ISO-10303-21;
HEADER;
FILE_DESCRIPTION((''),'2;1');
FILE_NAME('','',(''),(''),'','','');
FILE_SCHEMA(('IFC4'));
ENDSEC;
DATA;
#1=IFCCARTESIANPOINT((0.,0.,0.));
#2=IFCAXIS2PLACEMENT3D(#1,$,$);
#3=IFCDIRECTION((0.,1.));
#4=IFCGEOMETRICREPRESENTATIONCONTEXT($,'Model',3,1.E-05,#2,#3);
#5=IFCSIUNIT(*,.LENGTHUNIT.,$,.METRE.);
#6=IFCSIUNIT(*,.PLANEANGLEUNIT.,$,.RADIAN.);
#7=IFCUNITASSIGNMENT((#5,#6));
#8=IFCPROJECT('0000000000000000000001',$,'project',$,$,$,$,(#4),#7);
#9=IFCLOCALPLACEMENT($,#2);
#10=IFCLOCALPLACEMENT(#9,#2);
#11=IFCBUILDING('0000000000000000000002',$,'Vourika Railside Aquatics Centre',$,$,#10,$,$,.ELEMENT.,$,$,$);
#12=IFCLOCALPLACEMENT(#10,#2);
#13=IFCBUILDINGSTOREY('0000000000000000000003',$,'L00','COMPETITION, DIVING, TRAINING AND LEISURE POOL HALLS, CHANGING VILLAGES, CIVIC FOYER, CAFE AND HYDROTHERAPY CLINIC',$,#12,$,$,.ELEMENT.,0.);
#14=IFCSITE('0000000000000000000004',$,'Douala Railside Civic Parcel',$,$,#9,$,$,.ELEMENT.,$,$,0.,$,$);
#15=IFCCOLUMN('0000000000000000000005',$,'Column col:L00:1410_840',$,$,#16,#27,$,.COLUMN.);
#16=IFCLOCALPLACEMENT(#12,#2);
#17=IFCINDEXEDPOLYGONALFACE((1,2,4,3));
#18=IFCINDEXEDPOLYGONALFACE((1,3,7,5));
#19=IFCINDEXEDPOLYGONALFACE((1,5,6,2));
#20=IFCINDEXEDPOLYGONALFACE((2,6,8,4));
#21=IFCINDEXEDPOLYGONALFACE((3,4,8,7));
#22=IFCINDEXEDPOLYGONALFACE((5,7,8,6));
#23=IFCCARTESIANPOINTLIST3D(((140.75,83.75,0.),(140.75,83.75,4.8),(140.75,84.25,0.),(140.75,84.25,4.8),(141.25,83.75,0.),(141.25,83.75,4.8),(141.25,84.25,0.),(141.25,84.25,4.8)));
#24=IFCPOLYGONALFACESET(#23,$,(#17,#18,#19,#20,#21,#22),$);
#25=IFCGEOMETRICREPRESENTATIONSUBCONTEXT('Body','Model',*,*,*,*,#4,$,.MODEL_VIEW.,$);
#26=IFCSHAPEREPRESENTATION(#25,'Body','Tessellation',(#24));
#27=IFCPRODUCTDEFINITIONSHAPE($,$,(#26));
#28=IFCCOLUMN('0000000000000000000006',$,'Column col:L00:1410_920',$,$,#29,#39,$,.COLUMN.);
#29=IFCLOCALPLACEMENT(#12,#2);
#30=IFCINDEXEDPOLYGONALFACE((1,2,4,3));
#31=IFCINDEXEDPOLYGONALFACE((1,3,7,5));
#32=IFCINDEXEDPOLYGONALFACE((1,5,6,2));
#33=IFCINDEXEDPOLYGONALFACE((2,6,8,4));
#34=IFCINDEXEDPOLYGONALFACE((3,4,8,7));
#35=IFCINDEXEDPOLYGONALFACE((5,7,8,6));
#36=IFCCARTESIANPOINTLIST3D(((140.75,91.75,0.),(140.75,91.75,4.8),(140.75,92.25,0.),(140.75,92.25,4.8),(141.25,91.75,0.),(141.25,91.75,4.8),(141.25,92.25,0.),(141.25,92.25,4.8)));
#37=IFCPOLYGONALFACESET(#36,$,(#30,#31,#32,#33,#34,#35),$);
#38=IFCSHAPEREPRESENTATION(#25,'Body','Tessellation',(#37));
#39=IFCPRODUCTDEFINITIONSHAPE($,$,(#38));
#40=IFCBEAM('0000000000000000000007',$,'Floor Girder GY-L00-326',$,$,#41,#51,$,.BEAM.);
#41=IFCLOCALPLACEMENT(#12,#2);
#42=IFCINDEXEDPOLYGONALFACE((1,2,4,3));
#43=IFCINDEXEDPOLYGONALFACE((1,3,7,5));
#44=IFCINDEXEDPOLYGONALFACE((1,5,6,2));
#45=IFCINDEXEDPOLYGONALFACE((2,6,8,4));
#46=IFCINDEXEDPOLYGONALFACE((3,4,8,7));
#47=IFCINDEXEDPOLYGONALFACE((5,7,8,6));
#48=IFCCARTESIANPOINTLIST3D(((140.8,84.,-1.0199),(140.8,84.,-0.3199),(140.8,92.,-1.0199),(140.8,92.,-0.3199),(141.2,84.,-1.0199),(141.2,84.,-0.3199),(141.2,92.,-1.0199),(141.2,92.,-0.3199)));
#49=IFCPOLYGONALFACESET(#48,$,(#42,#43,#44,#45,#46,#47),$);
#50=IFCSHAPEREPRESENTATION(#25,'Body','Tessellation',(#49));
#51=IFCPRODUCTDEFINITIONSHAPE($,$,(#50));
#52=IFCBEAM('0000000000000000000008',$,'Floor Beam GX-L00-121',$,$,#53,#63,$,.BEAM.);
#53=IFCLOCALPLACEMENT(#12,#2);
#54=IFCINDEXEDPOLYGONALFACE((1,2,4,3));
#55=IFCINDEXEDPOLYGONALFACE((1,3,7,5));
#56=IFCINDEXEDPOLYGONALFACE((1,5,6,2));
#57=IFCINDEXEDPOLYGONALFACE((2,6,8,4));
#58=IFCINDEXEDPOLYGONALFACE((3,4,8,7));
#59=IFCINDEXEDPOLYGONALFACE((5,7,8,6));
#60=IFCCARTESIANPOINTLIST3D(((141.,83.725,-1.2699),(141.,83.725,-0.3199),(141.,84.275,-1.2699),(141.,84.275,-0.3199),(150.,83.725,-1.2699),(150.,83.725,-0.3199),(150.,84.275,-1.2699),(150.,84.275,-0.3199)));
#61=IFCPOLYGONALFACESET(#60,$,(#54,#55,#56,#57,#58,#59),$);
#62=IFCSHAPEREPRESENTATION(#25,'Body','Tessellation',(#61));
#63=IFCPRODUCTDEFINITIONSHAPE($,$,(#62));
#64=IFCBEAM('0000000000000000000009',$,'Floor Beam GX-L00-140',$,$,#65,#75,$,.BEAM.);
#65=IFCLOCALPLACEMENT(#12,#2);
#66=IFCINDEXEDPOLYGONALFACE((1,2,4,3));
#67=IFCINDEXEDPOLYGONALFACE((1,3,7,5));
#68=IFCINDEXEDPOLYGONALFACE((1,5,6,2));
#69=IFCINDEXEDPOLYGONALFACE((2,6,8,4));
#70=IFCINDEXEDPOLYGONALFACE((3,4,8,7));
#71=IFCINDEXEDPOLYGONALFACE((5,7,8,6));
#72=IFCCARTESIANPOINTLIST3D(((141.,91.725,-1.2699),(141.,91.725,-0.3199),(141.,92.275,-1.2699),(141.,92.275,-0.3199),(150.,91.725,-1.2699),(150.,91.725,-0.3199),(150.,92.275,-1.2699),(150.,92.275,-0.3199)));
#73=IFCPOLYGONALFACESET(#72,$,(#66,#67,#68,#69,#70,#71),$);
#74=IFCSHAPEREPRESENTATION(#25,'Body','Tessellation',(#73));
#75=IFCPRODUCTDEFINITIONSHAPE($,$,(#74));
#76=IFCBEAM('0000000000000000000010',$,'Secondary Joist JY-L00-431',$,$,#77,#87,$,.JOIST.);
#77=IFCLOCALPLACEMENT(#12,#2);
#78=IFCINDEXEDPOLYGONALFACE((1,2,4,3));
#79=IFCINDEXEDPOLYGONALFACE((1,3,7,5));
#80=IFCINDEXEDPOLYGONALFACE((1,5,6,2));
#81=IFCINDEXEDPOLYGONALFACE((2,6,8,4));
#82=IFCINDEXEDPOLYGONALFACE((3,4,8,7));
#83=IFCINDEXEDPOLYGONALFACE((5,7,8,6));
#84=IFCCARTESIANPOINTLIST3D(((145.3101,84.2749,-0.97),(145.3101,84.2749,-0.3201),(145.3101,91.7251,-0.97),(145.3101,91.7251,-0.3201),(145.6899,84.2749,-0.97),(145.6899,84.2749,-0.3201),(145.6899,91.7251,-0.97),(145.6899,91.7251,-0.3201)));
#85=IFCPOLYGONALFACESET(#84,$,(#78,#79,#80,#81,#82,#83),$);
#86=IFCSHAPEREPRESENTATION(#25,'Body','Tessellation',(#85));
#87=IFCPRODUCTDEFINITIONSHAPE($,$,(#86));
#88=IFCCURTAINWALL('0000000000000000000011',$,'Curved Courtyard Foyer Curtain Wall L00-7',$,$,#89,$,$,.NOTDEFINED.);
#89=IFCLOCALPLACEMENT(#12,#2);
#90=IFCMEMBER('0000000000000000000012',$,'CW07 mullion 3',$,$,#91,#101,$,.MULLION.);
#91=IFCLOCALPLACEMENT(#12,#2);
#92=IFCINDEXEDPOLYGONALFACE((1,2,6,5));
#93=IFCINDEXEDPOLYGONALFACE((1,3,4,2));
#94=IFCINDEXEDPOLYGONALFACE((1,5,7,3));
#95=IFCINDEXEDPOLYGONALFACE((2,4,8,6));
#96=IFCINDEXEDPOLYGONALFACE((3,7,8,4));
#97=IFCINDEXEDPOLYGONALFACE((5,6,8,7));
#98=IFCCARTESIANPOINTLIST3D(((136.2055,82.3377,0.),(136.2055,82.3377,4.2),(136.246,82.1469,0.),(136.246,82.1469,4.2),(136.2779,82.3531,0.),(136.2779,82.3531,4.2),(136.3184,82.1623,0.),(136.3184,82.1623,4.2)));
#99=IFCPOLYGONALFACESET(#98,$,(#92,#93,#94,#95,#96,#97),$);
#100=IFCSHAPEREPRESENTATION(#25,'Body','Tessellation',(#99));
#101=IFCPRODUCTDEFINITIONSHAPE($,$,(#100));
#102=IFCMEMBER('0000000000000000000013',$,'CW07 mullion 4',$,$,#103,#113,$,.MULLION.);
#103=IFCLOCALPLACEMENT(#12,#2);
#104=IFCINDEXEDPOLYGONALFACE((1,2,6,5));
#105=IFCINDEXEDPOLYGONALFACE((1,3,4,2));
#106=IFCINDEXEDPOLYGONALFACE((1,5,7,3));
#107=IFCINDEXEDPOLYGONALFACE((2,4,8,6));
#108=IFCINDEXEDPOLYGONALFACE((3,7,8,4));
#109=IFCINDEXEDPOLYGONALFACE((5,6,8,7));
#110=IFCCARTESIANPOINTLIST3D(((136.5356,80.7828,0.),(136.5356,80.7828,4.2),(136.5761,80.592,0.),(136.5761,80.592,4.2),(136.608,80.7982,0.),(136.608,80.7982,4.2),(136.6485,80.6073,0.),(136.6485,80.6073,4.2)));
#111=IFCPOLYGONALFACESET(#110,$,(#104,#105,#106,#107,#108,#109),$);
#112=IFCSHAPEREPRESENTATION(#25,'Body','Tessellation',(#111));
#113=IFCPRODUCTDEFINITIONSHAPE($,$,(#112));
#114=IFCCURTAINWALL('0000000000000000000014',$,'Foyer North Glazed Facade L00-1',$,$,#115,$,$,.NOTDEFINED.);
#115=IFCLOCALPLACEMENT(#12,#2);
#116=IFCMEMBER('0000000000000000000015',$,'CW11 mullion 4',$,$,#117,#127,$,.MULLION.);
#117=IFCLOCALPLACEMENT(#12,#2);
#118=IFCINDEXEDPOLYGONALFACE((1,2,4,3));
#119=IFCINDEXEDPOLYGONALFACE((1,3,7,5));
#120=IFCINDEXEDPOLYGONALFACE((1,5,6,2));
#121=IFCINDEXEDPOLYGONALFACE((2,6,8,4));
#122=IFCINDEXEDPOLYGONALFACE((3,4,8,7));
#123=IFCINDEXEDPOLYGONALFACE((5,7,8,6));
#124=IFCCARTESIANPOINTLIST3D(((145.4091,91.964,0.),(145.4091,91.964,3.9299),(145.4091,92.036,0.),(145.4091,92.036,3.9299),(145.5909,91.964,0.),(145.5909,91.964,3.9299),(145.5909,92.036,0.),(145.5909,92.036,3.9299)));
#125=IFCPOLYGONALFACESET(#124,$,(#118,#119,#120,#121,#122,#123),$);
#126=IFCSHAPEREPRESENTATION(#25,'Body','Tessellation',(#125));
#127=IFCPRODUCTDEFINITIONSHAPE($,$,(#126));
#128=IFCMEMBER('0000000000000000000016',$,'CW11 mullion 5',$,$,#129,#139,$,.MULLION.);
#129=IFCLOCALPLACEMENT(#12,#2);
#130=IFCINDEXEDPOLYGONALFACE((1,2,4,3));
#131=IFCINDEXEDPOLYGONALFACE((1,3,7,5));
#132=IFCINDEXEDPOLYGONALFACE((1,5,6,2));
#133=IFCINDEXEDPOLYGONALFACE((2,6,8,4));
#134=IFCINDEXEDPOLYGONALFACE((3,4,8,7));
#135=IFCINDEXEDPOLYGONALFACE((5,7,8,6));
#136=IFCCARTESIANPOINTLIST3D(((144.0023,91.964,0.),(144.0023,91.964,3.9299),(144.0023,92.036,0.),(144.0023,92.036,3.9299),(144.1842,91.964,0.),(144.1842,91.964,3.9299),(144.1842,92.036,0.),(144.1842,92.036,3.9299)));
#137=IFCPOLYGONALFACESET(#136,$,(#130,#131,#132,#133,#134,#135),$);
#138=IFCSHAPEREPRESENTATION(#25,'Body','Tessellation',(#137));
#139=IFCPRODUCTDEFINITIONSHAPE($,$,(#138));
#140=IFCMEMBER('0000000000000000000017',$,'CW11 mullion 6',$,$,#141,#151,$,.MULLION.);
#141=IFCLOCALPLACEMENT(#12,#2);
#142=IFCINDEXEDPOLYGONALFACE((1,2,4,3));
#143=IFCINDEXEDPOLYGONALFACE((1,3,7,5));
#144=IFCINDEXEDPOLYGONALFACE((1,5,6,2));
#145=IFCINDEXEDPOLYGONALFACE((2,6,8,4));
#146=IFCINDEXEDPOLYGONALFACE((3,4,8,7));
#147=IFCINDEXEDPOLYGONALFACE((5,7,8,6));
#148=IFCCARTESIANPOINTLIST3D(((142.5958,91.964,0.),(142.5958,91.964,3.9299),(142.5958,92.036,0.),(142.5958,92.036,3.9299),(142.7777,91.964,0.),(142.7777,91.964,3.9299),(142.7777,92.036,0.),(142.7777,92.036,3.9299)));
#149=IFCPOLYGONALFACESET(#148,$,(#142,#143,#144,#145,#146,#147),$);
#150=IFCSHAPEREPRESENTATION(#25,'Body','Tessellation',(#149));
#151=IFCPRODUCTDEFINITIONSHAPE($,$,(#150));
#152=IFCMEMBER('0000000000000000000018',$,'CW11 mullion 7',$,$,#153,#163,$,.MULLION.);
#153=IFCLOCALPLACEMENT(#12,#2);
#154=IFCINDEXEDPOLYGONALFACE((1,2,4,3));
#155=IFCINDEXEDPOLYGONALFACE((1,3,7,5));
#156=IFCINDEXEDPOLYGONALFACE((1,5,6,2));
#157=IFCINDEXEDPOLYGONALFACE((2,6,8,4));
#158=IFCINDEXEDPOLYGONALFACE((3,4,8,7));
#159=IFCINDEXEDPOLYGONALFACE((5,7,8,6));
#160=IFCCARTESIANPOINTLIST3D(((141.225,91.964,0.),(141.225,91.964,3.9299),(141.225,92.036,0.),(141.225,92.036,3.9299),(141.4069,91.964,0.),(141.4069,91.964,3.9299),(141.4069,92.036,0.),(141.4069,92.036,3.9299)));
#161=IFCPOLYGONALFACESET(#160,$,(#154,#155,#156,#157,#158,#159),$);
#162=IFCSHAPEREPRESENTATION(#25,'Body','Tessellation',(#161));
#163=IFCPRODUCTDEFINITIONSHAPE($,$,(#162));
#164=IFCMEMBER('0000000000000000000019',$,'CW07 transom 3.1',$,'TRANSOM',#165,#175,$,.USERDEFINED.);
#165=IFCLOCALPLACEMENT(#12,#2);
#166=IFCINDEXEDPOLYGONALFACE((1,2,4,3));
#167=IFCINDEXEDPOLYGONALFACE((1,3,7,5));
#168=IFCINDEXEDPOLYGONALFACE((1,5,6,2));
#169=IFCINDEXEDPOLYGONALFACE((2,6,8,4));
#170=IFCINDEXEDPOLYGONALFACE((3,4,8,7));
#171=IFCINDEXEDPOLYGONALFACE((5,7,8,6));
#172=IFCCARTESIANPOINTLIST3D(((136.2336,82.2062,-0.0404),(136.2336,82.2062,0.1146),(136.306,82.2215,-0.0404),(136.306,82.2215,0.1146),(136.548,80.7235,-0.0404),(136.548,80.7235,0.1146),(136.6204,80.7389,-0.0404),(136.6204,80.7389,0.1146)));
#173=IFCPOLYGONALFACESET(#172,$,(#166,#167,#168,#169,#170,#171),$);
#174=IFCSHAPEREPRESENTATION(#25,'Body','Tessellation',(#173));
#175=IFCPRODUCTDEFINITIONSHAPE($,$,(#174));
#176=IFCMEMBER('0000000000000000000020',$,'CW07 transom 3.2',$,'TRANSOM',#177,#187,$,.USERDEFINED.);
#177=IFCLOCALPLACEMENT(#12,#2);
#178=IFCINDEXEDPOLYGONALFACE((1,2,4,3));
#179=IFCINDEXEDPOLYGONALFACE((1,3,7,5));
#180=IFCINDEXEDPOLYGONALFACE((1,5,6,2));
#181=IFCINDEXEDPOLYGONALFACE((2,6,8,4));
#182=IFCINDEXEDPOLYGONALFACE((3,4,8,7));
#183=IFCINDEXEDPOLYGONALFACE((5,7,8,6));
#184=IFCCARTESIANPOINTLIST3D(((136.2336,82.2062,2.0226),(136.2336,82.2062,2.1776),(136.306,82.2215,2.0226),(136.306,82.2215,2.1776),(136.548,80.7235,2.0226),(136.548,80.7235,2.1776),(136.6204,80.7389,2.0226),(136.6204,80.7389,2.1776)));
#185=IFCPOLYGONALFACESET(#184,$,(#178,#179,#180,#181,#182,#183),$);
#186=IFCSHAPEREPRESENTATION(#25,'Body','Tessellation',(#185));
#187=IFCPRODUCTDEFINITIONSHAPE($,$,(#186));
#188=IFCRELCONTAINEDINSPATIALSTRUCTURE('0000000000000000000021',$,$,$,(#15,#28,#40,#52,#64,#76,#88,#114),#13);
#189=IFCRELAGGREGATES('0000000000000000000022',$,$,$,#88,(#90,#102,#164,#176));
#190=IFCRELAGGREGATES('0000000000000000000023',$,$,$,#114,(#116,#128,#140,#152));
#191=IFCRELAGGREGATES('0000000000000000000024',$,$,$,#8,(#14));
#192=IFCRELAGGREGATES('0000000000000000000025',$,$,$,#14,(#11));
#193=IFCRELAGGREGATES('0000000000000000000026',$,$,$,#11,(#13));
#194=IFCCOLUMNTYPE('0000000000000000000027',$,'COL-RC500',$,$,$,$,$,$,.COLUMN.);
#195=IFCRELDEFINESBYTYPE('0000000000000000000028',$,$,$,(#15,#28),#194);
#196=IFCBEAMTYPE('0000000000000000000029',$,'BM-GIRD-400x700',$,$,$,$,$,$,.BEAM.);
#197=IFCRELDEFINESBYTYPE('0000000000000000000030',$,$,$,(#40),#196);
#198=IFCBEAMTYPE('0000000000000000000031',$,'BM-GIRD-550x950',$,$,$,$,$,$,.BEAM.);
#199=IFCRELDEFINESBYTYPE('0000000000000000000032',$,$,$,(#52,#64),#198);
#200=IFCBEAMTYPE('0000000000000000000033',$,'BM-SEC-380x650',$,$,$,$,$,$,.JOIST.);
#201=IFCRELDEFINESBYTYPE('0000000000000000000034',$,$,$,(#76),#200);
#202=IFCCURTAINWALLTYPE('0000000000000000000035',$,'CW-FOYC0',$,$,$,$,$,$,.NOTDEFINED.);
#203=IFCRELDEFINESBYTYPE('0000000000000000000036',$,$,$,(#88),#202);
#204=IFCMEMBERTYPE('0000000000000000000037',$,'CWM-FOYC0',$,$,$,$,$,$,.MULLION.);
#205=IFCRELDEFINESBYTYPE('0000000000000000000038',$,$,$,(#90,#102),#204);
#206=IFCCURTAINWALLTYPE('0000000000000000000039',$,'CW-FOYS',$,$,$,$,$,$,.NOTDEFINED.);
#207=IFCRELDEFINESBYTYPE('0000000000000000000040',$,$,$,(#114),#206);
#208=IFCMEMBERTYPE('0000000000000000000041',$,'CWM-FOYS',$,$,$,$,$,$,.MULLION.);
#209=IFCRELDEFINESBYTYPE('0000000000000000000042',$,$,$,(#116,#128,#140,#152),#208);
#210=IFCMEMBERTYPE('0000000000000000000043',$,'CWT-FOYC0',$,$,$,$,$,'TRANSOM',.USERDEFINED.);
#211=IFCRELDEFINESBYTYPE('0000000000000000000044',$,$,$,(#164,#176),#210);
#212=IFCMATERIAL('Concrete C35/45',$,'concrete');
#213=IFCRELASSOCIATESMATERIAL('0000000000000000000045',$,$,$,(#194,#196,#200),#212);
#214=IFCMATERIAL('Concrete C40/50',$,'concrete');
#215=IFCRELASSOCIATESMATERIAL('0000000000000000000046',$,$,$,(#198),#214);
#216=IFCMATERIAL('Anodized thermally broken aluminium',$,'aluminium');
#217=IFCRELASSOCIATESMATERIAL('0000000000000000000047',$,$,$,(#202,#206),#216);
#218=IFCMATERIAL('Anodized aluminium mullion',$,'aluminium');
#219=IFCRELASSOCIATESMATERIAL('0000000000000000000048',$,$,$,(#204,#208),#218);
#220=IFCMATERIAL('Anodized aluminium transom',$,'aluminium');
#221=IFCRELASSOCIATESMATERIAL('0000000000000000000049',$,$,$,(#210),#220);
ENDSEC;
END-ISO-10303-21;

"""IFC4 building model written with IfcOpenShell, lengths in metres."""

from ifc_helpers import new_model, si_unit, direction, frame, origin, origin_2d, place, context, subcontext, project, spatial, rectangle, extrude, material, material_profile, profile_set, type_object, element, aggregate, save


model = new_model("IFC4")

# Units and contexts
model_context = context("Model", 3, precision=1e-05, world=origin(), true_north=direction((0.0, 1.0)))
body_context = subcontext(model_context, "Body", "Model", "MODEL_VIEW")
ifc_project = project(units=[si_unit("LENGTHUNIT", "METRE"), si_unit("PLANEANGLEUNIT", "RADIAN")], contexts=[model_context])

# Site, building, storey
site_placement = place(None, origin())
site = spatial("IfcSite", under=ifc_project, at=site_placement, Name="Douala Railside Civic Parcel", CompositionType="ELEMENT", RefElevation=0.0)
building_placement = place(site_placement, origin())
building = spatial("IfcBuilding", under=site, at=building_placement, Name="Vourika Railside Aquatics Centre", CompositionType="ELEMENT")
storey_placement = place(building_placement, origin())
storey = spatial("IfcBuildingStorey", under=building, at=storey_placement, Name="L00", Description="COMPETITION, DIVING, TRAINING AND LEISURE POOL HALLS, CHANGING VILLAGES, CIVIC FOYER, CAFE AND HYDROTHERAPY CLINIC", CompositionType="ELEMENT", Elevation=0.0)

# Columns
ifc_material_1 = material(Name="Concrete C35/45", Category="concrete")
ifc_material_profile_1 = material_profile(ifc_material_1, rectangle(XDim=0.5, YDim=0.5, at=origin_2d()), Name="RC 500x500")
ifc_profile_set_1 = profile_set([ifc_material_profile_1], Name="Concrete C35/45")
column_type = type_object("IfcColumnType", Name="COL-RC500", PredefinedType="COLUMN", material=ifc_profile_set_1)
for number, where, z_axis, x_axis, name in (
    (1, (141.0, 84.0, 0.0), (0.0, 0.0, 1.0), (1.0, 0.0, 0.0), "Column col:L00:1410_840"),
    (2, (141.0, 92.0, 0.0), (0.0, 0.0, 1.0), (1.0, 0.0, 0.0), "Column col:L00:1410_920"),
):
    element("IfcColumn", number, at=place(storey_placement, frame(where, z_axis=z_axis, x_axis=x_axis)), inside=storey, type_object=column_type, Name=name, PredefinedType="COLUMN", context=body_context, shape_type="SweptSolid", body=[
        extrude(rectangle(XDim=0.5, YDim=0.5, at=origin_2d()), origin(), (0.0, 0.0, 1.0), 4.8),
    ])

# Beams
ifc_material_profile_2 = material_profile(ifc_material_1, rectangle(XDim=0.3999, YDim=0.7, at=origin_2d()), Name="RC 400x700")
ifc_profile_set_2 = profile_set([ifc_material_profile_2], Name="Concrete C35/45")
beam_type_1 = type_object("IfcBeamType", Name="BM-GIRD-400x700", PredefinedType="BEAM", material=ifc_profile_set_2)
beam_1_placement = place(storey_placement, frame((141.0, 84.0, -0.6699), z_axis=(0.0, 1.0, 0.0), x_axis=(-1.0, 0.0, 0.0)))
element("IfcBeam", 3, at=beam_1_placement, inside=storey, type_object=beam_type_1, Name="Floor Girder GY-L00-326", PredefinedType="BEAM", context=body_context, shape_type="SweptSolid", body=[
    extrude(rectangle(XDim=0.3999, YDim=0.7, at=origin_2d()), origin(), (0.0, 0.0, 1.0), 8.0),
])
ifc_material_2 = material(Name="Concrete C40/50", Category="concrete")
ifc_material_profile_3 = material_profile(ifc_material_2, rectangle(XDim=0.55, YDim=0.95, at=origin_2d()), Name="RC 550x950")
ifc_profile_set_3 = profile_set([ifc_material_profile_3], Name="Concrete C40/50")
beam_type_2 = type_object("IfcBeamType", Name="BM-GIRD-550x950", PredefinedType="BEAM", material=ifc_profile_set_3)
for number, where, z_axis, x_axis, name in (
    (4, (141.0, 84.0, -0.7949), (1.0, 0.0, 0.0), (0.0, 1.0, 0.0), "Floor Beam GX-L00-121"),
    (5, (141.0, 92.0, -0.7949), (1.0, 0.0, 0.0), (0.0, 1.0, 0.0), "Floor Beam GX-L00-140"),
):
    element("IfcBeam", number, at=place(storey_placement, frame(where, z_axis=z_axis, x_axis=x_axis)), inside=storey, type_object=beam_type_2, Name=name, PredefinedType="BEAM", context=body_context, shape_type="SweptSolid", body=[
        extrude(rectangle(XDim=0.55, YDim=0.95, at=origin_2d()), origin(), (0.0, 0.0, 1.0), 9.0),
    ])
ifc_material_profile_4 = material_profile(ifc_material_1, rectangle(XDim=0.3799, YDim=0.6499, at=origin_2d()), Name="RC 380x650")
ifc_profile_set_4 = profile_set([ifc_material_profile_4], Name="Concrete C35/45")
beam_type_3 = type_object("IfcBeamType", Name="BM-SEC-380x650", PredefinedType="JOIST", material=ifc_profile_set_4)
beam_2_placement = place(storey_placement, frame((145.5, 84.2749, -0.645), z_axis=(0.0, 1.0, 0.0), x_axis=(-1.0, 0.0, 0.0)))
element("IfcBeam", 6, at=beam_2_placement, inside=storey, type_object=beam_type_3, Name="Secondary Joist JY-L00-431", PredefinedType="JOIST", context=body_context, shape_type="SweptSolid", body=[
    extrude(rectangle(XDim=0.3799, YDim=0.6499, at=origin_2d()), origin(), (0.0, 0.0, 1.0), 7.4502),
])

# Curtain walls, members
ifc_material_3 = material(Name="Anodized thermally broken aluminium", Category="aluminium")
curtain_wall_type_1 = type_object("IfcCurtainWallType", Name="CW-FOYC0", PredefinedType="NOTDEFINED", material=ifc_material_3)
curtain_wall_1_placement = place(storey_placement, origin())
curtain_wall_1 = element("IfcCurtainWall", 7, at=curtain_wall_1_placement, inside=storey, type_object=curtain_wall_type_1, Name="Curved Courtyard Foyer Curtain Wall L00-7", PredefinedType="NOTDEFINED")
ifc_material_4 = material(Name="Anodized aluminium mullion", Category="aluminium")
ifc_material_profile_5 = material_profile(ifc_material_4, rectangle(XDim=0.074, YDim=0.1951, at=origin_2d()), Name="ALU-M 74x195")
ifc_profile_set_5 = profile_set([ifc_material_profile_5], Name="Anodized aluminium mullion")
member_type_1 = type_object("IfcMemberType", Name="CWM-FOYC0", PredefinedType="MULLION", material=ifc_profile_set_5)
member_1_placement = place(storey_placement, frame((136.262, 82.25, 0.0), z_axis=(0.0, 0.0, 1.0), x_axis=(0.978215, 0.207595, 0.0)))
member_1 = element("IfcMember", 8, at=member_1_placement, type_object=member_type_1, Name="CW07 mullion 3", PredefinedType="MULLION", context=body_context, shape_type="SweptSolid", body=[
    extrude(rectangle(XDim=0.074, YDim=0.1951, at=origin_2d()), origin(), (0.0, 0.0, 1.0), 4.2),
])
member_2_placement = place(storey_placement, frame((136.592, 80.6951, 0.0), z_axis=(0.0, 0.0, 1.0), x_axis=(0.978215, 0.207595, 0.0)))
member_2 = element("IfcMember", 9, at=member_2_placement, type_object=member_type_1, Name="CW07 mullion 4", PredefinedType="MULLION", context=body_context, shape_type="SweptSolid", body=[
    extrude(rectangle(XDim=0.074, YDim=0.1951, at=origin_2d()), origin(), (0.0, 0.0, 1.0), 4.2),
])
curtain_wall_type_2 = type_object("IfcCurtainWallType", Name="CW-FOYS", PredefinedType="NOTDEFINED", material=ifc_material_3)
curtain_wall_2_placement = place(storey_placement, origin())
curtain_wall_2 = element("IfcCurtainWall", 10, at=curtain_wall_2_placement, inside=storey, type_object=curtain_wall_type_2, Name="Foyer North Glazed Facade L00-1", PredefinedType="NOTDEFINED")
ifc_material_profile_6 = material_profile(ifc_material_4, rectangle(XDim=0.072, YDim=0.1819, at=origin_2d()), Name="ALU-M 72x182")
ifc_profile_set_6 = profile_set([ifc_material_profile_6], Name="Anodized aluminium mullion")
member_type_2 = type_object("IfcMemberType", Name="CWM-FOYS", PredefinedType="MULLION", material=ifc_profile_set_6)
member_3_placement = place(storey_placement, frame((145.5, 92.0, 0.0), z_axis=(0.0, 0.0, 1.0), x_axis=(0.0, -1.0, 0.0)))
member_3 = element("IfcMember", 11, at=member_3_placement, type_object=member_type_2, Name="CW11 mullion 4", PredefinedType="MULLION", context=body_context, shape_type="SweptSolid", body=[
    extrude(rectangle(XDim=0.072, YDim=0.1819, at=origin_2d()), origin(), (0.0, 0.0, 1.0), 3.9299),
])
member_4_placement = place(storey_placement, frame((144.0933, 92.0, 0.0), z_axis=(0.0, 0.0, 1.0), x_axis=(0.0, -1.0, 0.0)))
member_4 = element("IfcMember", 12, at=member_4_placement, type_object=member_type_2, Name="CW11 mullion 5", PredefinedType="MULLION", context=body_context, shape_type="SweptSolid", body=[
    extrude(rectangle(XDim=0.072, YDim=0.1819, at=origin_2d()), origin(), (0.0, 0.0, 1.0), 3.9299),
])
member_5_placement = place(storey_placement, frame((142.6868, 92.0, 0.0), z_axis=(0.0, 0.0, 1.0), x_axis=(0.0, -1.0, 0.0)))
member_5 = element("IfcMember", 13, at=member_5_placement, type_object=member_type_2, Name="CW11 mullion 6", PredefinedType="MULLION", context=body_context, shape_type="SweptSolid", body=[
    extrude(rectangle(XDim=0.072, YDim=0.1819, at=origin_2d()), origin(), (0.0, 0.0, 1.0), 3.9299),
])
member_6_placement = place(storey_placement, frame((141.3159, 92.0, 0.0), z_axis=(0.0, 0.0, 1.0), x_axis=(0.0, -1.0, 0.0)))
member_6 = element("IfcMember", 14, at=member_6_placement, type_object=member_type_2, Name="CW11 mullion 7", PredefinedType="MULLION", context=body_context, shape_type="SweptSolid", body=[
    extrude(rectangle(XDim=0.072, YDim=0.1819, at=origin_2d()), origin(), (0.0, 0.0, 1.0), 3.9299),
])

# Members
ifc_material_5 = material(Name="Anodized aluminium transom", Category="aluminium")
ifc_material_profile_7 = material_profile(ifc_material_5, rectangle(XDim=0.074, YDim=0.155, at=origin_2d()), Name="ALU-T 74x155")
ifc_profile_set_7 = profile_set([ifc_material_profile_7], Name="Anodized aluminium transom")
member_type_3 = type_object("IfcMemberType", Name="CWT-FOYC0", ElementType="TRANSOM", PredefinedType="USERDEFINED", material=ifc_profile_set_7)
member_7_placement = place(storey_placement, frame((136.2698, 82.2139, 0.0371), z_axis=(0.207472, -0.978241, 0.0), x_axis=(0.978241, 0.207472, 0.0)))
member_7 = element("IfcMember", 15, at=member_7_placement, type_object=member_type_3, Name="CW07 transom 3.1", ObjectType="TRANSOM", PredefinedType="USERDEFINED", context=body_context, shape_type="SweptSolid", body=[
    extrude(rectangle(XDim=0.074, YDim=0.155, at=origin_2d()), origin(), (0.0, 0.0, 1.0), 1.5156),
])
member_8_placement = place(storey_placement, frame((136.2698, 82.2139, 2.1001), z_axis=(0.207472, -0.978241, 0.0), x_axis=(0.978241, 0.207472, 0.0)))
member_8 = element("IfcMember", 16, at=member_8_placement, type_object=member_type_3, Name="CW07 transom 3.2", ObjectType="TRANSOM", PredefinedType="USERDEFINED", context=body_context, shape_type="SweptSolid", body=[
    extrude(rectangle(XDim=0.074, YDim=0.155, at=origin_2d()), origin(), (0.0, 0.0, 1.0), 1.5156),
])

aggregate(curtain_wall_1, [member_1, member_2, member_7, member_8])
aggregate(curtain_wall_2, [member_3, member_4, member_5, member_6])

save(model, "model.ifc")
